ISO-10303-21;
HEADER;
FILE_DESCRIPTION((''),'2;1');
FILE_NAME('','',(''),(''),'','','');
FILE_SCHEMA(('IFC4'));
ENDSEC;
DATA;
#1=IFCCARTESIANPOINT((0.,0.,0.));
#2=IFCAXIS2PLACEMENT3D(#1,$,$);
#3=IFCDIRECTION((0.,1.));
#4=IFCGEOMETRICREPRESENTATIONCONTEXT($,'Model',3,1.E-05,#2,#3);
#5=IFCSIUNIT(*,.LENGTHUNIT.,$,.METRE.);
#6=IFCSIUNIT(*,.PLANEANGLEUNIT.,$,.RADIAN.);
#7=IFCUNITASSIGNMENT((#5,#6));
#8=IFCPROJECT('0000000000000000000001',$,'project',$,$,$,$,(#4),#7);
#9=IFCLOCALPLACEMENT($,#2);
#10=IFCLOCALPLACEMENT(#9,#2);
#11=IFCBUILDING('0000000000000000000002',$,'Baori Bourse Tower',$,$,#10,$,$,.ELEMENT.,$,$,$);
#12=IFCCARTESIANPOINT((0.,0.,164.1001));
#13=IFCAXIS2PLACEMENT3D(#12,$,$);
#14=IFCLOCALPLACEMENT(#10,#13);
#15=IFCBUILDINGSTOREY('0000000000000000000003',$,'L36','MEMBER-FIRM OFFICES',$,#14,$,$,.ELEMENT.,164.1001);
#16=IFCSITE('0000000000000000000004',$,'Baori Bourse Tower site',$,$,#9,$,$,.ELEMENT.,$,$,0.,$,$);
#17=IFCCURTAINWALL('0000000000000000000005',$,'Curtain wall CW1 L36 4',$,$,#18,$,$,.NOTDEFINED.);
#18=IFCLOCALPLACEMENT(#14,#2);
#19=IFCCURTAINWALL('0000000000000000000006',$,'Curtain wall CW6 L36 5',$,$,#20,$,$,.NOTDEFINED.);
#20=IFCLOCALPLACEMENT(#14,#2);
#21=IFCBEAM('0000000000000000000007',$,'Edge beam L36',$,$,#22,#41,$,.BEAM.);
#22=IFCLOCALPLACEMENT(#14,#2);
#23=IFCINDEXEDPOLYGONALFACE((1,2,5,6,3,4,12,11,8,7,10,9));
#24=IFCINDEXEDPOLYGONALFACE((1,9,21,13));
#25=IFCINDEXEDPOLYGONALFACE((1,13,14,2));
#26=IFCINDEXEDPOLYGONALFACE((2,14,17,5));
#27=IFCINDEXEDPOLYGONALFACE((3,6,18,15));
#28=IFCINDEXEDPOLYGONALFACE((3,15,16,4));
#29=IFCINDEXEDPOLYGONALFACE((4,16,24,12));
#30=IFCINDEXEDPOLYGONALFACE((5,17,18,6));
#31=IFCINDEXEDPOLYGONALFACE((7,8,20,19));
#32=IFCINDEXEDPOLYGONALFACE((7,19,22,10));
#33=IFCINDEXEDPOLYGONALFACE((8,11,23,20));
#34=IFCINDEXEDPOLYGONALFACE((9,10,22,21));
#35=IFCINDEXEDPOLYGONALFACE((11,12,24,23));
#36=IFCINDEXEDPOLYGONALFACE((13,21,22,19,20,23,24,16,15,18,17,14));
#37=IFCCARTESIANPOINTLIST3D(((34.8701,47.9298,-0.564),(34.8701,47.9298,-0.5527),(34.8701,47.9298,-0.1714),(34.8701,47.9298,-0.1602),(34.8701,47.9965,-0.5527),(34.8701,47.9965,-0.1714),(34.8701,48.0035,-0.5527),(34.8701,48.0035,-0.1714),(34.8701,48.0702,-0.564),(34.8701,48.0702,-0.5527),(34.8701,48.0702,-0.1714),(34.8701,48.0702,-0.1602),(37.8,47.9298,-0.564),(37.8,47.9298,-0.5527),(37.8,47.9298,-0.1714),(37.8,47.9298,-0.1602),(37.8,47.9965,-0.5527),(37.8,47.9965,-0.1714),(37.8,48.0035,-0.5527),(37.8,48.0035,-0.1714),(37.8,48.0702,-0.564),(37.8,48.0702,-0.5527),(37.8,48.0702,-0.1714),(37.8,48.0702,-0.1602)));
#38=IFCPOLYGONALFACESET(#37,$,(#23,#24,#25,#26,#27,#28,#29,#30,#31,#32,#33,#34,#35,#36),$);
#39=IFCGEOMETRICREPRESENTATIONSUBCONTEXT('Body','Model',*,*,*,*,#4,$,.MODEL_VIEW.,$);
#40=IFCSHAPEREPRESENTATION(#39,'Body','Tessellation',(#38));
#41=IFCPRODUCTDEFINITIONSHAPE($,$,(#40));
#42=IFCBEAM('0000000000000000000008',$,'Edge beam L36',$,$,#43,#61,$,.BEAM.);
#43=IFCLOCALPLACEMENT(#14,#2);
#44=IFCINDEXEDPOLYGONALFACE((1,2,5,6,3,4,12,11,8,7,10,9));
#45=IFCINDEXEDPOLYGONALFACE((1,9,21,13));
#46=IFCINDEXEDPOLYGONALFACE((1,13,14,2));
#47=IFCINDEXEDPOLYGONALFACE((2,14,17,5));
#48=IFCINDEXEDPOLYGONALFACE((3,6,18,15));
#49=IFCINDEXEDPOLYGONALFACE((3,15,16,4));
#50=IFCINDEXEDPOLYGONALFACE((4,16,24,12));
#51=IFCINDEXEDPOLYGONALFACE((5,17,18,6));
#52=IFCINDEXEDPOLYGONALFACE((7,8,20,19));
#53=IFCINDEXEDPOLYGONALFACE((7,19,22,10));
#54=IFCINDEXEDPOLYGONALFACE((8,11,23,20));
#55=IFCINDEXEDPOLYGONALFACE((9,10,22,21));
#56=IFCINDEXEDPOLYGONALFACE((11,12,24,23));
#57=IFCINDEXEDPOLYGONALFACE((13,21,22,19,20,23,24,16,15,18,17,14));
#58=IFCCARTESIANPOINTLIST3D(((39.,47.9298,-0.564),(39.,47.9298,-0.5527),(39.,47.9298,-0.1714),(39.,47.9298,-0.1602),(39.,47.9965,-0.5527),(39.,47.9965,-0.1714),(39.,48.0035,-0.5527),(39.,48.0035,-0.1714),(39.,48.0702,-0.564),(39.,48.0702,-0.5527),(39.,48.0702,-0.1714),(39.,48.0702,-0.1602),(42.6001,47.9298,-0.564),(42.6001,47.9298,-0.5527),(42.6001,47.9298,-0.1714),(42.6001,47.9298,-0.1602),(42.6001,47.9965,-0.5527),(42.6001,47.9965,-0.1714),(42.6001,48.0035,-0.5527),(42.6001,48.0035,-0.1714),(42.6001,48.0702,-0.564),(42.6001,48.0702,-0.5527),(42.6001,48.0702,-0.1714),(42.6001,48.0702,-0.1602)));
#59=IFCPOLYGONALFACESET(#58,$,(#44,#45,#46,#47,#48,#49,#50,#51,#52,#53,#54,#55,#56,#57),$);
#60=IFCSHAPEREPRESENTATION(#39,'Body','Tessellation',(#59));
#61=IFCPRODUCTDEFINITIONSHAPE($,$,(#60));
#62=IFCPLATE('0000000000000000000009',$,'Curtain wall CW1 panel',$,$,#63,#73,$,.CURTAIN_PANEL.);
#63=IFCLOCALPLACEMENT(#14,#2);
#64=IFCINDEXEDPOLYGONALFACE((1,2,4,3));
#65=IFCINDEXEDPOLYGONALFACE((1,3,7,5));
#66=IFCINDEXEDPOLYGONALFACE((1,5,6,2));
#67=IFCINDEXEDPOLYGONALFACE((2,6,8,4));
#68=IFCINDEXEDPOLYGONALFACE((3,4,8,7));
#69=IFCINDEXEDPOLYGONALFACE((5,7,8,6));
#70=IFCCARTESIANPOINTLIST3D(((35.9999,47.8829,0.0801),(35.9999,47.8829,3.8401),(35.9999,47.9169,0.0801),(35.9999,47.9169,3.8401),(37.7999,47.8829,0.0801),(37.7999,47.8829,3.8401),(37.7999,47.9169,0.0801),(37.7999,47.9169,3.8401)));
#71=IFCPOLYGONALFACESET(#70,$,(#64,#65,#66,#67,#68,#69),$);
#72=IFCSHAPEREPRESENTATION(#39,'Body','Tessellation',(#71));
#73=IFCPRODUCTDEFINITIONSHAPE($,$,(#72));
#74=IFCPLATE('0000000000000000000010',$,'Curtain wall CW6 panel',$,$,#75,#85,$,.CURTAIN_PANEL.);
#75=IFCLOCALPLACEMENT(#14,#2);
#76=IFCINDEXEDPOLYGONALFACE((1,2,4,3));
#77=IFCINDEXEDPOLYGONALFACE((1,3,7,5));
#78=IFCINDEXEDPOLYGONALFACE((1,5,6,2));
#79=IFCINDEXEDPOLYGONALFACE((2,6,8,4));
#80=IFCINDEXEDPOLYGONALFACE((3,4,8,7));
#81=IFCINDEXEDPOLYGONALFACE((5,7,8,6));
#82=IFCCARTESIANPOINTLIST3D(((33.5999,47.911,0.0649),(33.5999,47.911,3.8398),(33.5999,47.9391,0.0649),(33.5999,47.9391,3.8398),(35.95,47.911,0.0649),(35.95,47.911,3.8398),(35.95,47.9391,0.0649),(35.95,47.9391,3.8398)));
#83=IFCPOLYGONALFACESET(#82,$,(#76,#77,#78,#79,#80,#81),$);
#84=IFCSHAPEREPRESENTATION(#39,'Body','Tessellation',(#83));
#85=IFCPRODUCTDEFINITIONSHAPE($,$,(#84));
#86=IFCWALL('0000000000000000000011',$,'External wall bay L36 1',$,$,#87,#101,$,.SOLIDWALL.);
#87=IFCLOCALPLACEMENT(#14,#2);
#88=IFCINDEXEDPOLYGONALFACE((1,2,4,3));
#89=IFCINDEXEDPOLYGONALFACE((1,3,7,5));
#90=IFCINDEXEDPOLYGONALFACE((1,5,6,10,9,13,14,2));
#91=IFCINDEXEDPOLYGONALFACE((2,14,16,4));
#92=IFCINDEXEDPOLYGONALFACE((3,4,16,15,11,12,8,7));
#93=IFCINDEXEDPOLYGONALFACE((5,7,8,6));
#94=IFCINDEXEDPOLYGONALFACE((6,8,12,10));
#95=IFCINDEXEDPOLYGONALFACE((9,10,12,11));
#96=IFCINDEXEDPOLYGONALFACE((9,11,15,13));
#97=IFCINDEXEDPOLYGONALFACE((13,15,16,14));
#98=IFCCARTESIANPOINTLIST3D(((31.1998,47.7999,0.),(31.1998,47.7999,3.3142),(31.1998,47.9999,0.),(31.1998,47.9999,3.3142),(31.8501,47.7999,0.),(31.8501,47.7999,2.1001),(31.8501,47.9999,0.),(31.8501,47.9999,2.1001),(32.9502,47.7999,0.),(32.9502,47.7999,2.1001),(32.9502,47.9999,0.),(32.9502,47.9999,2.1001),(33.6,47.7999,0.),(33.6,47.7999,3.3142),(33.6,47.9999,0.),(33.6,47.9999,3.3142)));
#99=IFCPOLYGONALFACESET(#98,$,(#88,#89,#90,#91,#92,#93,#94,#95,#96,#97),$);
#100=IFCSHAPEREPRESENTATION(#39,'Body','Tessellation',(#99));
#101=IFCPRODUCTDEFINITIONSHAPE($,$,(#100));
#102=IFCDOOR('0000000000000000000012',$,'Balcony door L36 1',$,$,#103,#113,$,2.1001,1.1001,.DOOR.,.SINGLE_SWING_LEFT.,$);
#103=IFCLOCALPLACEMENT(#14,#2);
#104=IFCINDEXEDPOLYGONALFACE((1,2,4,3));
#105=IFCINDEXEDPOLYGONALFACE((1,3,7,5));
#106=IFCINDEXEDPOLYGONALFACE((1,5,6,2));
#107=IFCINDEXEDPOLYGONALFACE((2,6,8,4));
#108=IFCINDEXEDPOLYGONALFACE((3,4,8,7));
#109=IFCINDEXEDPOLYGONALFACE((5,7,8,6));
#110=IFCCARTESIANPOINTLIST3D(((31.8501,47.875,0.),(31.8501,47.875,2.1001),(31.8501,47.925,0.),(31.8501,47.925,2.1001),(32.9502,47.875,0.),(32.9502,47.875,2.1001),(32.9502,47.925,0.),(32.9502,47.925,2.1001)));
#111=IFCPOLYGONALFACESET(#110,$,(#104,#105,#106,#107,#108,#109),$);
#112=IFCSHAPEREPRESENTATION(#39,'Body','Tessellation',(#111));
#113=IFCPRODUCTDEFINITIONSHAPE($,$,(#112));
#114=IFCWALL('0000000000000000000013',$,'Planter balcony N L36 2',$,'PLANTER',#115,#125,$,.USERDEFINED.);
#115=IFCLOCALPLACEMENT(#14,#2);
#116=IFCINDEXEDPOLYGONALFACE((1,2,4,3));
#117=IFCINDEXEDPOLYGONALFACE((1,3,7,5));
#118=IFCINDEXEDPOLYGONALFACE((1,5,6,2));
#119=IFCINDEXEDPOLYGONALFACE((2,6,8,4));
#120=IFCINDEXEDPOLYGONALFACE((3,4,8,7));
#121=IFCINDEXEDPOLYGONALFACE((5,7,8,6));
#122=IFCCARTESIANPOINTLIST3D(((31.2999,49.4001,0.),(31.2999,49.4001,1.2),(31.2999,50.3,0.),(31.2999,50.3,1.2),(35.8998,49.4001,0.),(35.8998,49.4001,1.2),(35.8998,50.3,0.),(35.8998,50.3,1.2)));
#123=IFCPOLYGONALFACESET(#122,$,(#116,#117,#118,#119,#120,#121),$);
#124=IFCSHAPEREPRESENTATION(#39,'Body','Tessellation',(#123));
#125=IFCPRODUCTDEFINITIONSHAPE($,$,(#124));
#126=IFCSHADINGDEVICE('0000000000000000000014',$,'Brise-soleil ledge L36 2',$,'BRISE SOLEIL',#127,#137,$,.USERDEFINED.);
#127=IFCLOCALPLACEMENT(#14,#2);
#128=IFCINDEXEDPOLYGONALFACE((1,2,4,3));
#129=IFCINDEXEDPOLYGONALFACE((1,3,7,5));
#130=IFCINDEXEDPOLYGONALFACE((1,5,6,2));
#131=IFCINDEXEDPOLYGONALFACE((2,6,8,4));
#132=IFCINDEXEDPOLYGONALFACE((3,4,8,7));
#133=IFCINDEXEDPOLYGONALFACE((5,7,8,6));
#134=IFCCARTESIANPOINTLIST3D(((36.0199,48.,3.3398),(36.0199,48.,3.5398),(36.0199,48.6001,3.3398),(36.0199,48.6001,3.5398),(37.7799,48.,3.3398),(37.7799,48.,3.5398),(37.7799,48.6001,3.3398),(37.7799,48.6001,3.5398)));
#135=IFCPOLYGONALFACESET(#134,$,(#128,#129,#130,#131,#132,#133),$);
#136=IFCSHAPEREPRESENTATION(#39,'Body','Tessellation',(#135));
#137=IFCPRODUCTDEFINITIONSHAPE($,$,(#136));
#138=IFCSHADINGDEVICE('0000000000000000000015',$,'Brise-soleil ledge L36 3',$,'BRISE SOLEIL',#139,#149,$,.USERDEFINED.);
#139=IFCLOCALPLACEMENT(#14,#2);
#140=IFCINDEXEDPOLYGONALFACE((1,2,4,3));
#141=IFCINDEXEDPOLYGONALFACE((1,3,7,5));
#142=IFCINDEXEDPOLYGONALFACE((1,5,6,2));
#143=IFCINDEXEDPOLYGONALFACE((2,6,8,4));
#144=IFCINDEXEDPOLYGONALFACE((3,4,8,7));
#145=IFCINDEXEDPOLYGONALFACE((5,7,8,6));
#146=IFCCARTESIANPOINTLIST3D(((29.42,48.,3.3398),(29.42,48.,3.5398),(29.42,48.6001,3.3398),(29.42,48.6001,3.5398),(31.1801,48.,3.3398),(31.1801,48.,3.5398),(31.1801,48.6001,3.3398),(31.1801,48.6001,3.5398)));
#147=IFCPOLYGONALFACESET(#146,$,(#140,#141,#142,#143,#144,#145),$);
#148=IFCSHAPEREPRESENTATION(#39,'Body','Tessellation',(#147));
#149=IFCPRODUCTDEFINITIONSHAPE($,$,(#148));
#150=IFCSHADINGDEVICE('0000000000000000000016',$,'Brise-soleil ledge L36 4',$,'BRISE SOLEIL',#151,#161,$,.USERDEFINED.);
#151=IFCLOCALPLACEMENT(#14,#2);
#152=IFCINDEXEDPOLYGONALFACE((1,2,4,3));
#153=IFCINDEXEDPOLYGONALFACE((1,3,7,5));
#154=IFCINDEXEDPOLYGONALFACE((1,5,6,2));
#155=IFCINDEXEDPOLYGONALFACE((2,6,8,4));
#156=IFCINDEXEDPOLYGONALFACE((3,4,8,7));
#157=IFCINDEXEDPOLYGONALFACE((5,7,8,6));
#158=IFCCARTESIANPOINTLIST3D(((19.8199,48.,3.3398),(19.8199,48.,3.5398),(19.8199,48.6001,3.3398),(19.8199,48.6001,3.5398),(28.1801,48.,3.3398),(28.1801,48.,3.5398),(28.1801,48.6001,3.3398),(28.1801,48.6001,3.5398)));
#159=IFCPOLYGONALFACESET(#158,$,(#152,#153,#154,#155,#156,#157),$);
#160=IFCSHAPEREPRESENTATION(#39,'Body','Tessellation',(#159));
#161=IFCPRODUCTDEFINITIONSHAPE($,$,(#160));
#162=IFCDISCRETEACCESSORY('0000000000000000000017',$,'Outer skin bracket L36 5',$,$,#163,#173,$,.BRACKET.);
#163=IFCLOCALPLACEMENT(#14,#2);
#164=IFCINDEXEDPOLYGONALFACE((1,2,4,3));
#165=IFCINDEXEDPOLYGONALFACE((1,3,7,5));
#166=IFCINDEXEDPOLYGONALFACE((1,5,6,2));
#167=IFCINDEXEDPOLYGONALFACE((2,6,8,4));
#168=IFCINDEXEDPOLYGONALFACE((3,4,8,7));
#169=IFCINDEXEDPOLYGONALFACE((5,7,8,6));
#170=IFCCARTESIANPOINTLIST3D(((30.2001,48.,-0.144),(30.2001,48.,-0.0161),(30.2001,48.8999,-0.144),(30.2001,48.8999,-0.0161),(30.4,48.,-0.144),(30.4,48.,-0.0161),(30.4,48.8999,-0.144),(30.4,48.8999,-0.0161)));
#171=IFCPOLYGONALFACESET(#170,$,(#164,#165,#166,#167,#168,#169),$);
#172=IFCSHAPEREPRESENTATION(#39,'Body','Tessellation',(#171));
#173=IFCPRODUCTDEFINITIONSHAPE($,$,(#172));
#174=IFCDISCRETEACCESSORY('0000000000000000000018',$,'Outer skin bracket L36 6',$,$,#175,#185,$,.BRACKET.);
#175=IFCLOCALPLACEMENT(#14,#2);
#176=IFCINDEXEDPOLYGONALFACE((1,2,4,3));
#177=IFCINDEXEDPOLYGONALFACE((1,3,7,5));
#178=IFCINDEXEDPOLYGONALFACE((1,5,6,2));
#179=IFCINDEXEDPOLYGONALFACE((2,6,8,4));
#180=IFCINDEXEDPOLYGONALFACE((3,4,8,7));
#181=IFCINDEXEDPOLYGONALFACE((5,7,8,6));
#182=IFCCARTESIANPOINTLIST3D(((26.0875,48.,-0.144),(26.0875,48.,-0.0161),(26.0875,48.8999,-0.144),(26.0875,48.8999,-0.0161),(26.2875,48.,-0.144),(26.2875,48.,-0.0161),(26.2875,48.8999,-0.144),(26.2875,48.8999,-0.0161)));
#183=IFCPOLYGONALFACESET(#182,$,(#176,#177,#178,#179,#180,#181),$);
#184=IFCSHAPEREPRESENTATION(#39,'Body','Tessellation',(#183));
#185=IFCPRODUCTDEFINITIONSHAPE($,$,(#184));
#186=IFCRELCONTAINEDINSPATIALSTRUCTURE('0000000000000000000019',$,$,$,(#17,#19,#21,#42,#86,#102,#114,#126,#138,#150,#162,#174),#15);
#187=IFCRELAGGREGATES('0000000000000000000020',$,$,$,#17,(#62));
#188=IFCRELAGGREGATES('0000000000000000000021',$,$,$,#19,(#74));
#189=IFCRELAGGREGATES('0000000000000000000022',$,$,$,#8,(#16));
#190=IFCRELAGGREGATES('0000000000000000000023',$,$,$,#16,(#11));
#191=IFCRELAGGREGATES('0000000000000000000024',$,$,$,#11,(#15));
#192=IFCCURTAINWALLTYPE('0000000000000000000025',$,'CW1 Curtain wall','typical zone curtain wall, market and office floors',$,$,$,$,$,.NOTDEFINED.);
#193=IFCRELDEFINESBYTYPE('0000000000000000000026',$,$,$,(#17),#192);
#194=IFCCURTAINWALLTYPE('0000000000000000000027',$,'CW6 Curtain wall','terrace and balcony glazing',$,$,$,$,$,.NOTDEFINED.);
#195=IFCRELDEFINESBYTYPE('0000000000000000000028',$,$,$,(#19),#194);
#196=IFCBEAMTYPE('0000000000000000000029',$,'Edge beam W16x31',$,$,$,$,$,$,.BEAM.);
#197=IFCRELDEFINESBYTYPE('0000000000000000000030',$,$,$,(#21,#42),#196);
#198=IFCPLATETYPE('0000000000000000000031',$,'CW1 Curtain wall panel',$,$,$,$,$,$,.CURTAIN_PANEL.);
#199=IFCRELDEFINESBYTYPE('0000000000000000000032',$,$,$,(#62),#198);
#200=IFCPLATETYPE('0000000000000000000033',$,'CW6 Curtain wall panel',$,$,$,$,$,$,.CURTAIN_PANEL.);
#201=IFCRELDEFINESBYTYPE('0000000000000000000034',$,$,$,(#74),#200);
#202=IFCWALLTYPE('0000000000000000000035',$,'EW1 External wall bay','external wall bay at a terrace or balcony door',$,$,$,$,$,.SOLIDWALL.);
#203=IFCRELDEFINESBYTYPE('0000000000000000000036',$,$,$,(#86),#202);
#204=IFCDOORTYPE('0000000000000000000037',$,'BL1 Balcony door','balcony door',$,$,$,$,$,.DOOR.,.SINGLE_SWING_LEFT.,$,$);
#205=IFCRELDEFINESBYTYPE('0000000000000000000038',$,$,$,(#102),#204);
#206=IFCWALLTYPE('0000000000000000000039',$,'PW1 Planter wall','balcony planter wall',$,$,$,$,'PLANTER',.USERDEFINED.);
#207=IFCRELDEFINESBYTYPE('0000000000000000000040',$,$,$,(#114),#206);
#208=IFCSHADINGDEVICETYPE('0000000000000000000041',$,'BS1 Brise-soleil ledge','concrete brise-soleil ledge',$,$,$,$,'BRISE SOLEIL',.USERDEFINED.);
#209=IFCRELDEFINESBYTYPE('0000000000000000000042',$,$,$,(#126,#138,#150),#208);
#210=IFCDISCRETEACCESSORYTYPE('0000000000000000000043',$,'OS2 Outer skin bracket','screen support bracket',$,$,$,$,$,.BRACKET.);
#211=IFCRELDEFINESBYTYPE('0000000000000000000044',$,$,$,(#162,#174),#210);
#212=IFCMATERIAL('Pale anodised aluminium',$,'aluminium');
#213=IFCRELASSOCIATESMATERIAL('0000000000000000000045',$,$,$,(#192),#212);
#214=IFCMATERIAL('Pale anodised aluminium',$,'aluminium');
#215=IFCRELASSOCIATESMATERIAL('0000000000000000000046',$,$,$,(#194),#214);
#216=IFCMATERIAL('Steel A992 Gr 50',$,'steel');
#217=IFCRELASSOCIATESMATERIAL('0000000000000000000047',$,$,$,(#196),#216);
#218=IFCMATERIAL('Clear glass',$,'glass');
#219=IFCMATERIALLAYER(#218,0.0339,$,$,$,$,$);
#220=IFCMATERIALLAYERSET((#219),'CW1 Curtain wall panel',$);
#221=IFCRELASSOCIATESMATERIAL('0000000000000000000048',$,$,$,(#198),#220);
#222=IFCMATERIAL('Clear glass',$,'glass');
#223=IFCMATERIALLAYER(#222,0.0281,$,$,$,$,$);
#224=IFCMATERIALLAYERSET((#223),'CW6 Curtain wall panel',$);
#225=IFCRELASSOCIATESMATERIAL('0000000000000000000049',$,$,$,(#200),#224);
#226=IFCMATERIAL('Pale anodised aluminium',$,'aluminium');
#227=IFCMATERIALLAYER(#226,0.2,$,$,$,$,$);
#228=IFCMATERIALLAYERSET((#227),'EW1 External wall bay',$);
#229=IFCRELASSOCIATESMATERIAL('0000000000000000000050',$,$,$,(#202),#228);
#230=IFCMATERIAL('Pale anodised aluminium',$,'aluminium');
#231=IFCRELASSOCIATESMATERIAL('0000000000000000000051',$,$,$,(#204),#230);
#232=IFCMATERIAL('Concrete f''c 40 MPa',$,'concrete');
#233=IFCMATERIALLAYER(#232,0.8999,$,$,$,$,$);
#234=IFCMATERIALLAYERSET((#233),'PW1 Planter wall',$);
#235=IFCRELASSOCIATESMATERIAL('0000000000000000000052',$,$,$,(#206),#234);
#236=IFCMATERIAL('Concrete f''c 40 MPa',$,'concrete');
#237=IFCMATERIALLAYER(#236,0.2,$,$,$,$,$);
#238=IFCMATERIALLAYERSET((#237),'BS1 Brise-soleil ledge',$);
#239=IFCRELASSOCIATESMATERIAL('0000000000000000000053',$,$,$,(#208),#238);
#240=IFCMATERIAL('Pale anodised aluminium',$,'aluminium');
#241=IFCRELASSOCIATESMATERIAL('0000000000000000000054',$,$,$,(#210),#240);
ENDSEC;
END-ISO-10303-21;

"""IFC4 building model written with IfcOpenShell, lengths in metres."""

from ifc_helpers import new_model, si_unit, direction, frame, frame_2d, origin, origin_2d, place, context, subcontext, project, spatial, rectangle, i_section, extrude, material, layer, layer_set, material_profile, profile_set, type_object, element, fill, aggregate, save


model = new_model("IFC4")

# Units and contexts
model_context = context("Model", 3, precision=1e-05, world=origin(), true_north=direction((0.0, 1.0)))
body_context = subcontext(model_context, "Body", "Model", "MODEL_VIEW")
ifc_project = project(units=[si_unit("LENGTHUNIT", "METRE"), si_unit("PLANEANGLEUNIT", "RADIAN")], contexts=[model_context])

# Site, building, storey
site_placement = place(None, origin())
site = spatial("IfcSite", under=ifc_project, at=site_placement, Name="Baori Bourse Tower site", CompositionType="ELEMENT", RefElevation=0.0)
building_placement = place(site_placement, origin())
building = spatial("IfcBuilding", under=site, at=building_placement, Name="Baori Bourse Tower", CompositionType="ELEMENT")
storey_placement = place(building_placement, frame((0.0, 0.0, 164.1001)))
storey = spatial("IfcBuildingStorey", under=building, at=storey_placement, Name="L36", Description="MEMBER-FIRM OFFICES", CompositionType="ELEMENT", Elevation=164.1001)

# Curtain wall
ifc_material_1 = material(Name="Pale anodised aluminium", Category="aluminium")
curtain_wall_type_1 = type_object("IfcCurtainWallType", Name="CW1 Curtain wall", Description="typical zone curtain wall, market and office floors", PredefinedType="NOTDEFINED", material=ifc_material_1)
curtain_wall_1_placement = place(storey_placement, origin())
curtain_wall_1 = element("IfcCurtainWall", 1, at=curtain_wall_1_placement, inside=storey, type_object=curtain_wall_type_1, Name="Curtain wall CW1 L36 4", PredefinedType="NOTDEFINED")

# Curtain wall
ifc_material_2 = material(Name="Pale anodised aluminium", Category="aluminium")
curtain_wall_type_2 = type_object("IfcCurtainWallType", Name="CW6 Curtain wall", Description="terrace and balcony glazing", PredefinedType="NOTDEFINED", material=ifc_material_2)
curtain_wall_2_placement = place(storey_placement, origin())
curtain_wall_2 = element("IfcCurtainWall", 2, at=curtain_wall_2_placement, inside=storey, type_object=curtain_wall_type_2, Name="Curtain wall CW6 L36 5", PredefinedType="NOTDEFINED")

# Beams
ifc_material_3 = material(Name="Steel A992 Gr 50", Category="steel")
ifc_material_profile_1 = material_profile(ifc_material_3, i_section(OverallWidth=0.1404, OverallDepth=0.4038, WebThickness=0.0071, FlangeThickness=0.0112, at=origin_2d()), Name="W16x31")
ifc_profile_set_1 = profile_set([ifc_material_profile_1], Name="Steel A992 Gr 50")
beam_type_1 = type_object("IfcBeamType", Name="Edge beam W16x31", PredefinedType="BEAM", material=ifc_profile_set_1)
beam_1_placement = place(storey_placement, frame((34.8701, 48.0, -0.3621), z_axis=(1.0, 0.0, 0.0), x_axis=(0.0, 1.0, 0.0)))
element("IfcBeam", 3, at=beam_1_placement, inside=storey, type_object=beam_type_1, Name="Edge beam L36", PredefinedType="BEAM", context=body_context, shape_type="SweptSolid", body=[
    extrude(i_section(OverallWidth=0.1404, OverallDepth=0.4038, WebThickness=0.0071, FlangeThickness=0.0112, at=origin_2d()), origin(), (0.0, 0.0, 1.0), 2.9299),
])
beam_2_placement = place(storey_placement, frame((39.0, 48.0, -0.3621), z_axis=(1.0, 0.0, 0.0), x_axis=(0.0, 1.0, 0.0)))
element("IfcBeam", 4, at=beam_2_placement, inside=storey, type_object=beam_type_1, Name="Edge beam L36", PredefinedType="BEAM", context=body_context, shape_type="SweptSolid", body=[
    extrude(i_section(OverallWidth=0.1404, OverallDepth=0.4038, WebThickness=0.0071, FlangeThickness=0.0112, at=origin_2d()), origin(), (0.0, 0.0, 1.0), 3.6001),
])

# Plates
ifc_material_4 = material(Name="Clear glass", Category="glass")
ifc_layer_1 = layer(ifc_material_4, 0.0339)
ifc_layer_set_1 = layer_set([ifc_layer_1], Name="CW1 Curtain wall panel")
plate_type_1 = type_object("IfcPlateType", Name="CW1 Curtain wall panel", PredefinedType="CURTAIN_PANEL", material=ifc_layer_set_1)
plate_1_placement = place(storey_placement, frame((36.8999, 47.8999, 0.0801), z_axis=(0.0, 0.0, 1.0), x_axis=(-1.0, 0.0, 0.0)))
plate_1 = element("IfcPlate", 5, at=plate_1_placement, type_object=plate_type_1, Name="Curtain wall CW1 panel", PredefinedType="CURTAIN_PANEL", context=body_context, shape_type="SweptSolid", body=[
    extrude(rectangle(XDim=1.8, YDim=0.0339, at=origin_2d()), origin(), (0.0, 0.0, 1.0), 3.76),
])
aggregate(curtain_wall_1, [plate_1])
ifc_material_5 = material(Name="Clear glass", Category="glass")
ifc_layer_2 = layer(ifc_material_5, 0.0281)
ifc_layer_set_2 = layer_set([ifc_layer_2], Name="CW6 Curtain wall panel")
plate_type_2 = type_object("IfcPlateType", Name="CW6 Curtain wall panel", PredefinedType="CURTAIN_PANEL", material=ifc_layer_set_2)
plate_2_placement = place(storey_placement, frame((34.7749, 47.925, 0.0649), z_axis=(0.0, 0.0, 1.0), x_axis=(-1.0, 0.0, 0.0)))
plate_2 = element("IfcPlate", 6, at=plate_2_placement, type_object=plate_type_2, Name="Curtain wall CW6 panel", PredefinedType="CURTAIN_PANEL", context=body_context, shape_type="SweptSolid", body=[
    extrude(rectangle(XDim=2.3501, YDim=0.0281, at=origin_2d()), origin(), (0.0, 0.0, 1.0), 3.7749),
])
aggregate(curtain_wall_2, [plate_2])

# Wall, opening, door
ifc_material_6 = material(Name="Pale anodised aluminium", Category="aluminium")
ifc_layer_3 = layer(ifc_material_6, 0.2)
ifc_layer_set_3 = layer_set([ifc_layer_3], Name="EW1 External wall bay")
wall_type_1 = type_object("IfcWallType", Name="EW1 External wall bay", Description="external wall bay at a terrace or balcony door", PredefinedType="SOLIDWALL", material=ifc_layer_set_3)
wall_1_placement = place(storey_placement, frame((33.6001, 47.8999, 0.0), z_axis=(0.0, 0.0, 1.0), x_axis=(-1.0, 0.0, 0.0)))
wall_1 = element("IfcWall", 7, at=wall_1_placement, inside=storey, type_object=wall_type_1, Name="External wall bay L36 1", PredefinedType="SOLIDWALL", context=body_context, shape_type="SweptSolid", body=[
    extrude(rectangle(XDim=2.4001, YDim=0.2, at=frame_2d((1.2002, 0.0))), origin(), (0.0, 0.0, 1.0), 3.3142),
])
opening_placement = place(wall_1_placement, frame((0.6499, 0.0, 0.0)))
opening = element("IfcOpeningElement", 8, at=opening_placement, cuts=wall_1, PredefinedType="OPENING", context=body_context, shape_type="SweptSolid", body=[
    extrude(rectangle(XDim=1.1001, YDim=2.1001, at=frame_2d((0.55, 1.05))), frame((0.0, 0.1099, 0.0), z_axis=(0.0, -1.0, 0.0), x_axis=(1.0, 0.0, 0.0)), (0.0, 0.0, 1.0), 0.22),
])
ifc_material_7 = material(Name="Pale anodised aluminium", Category="aluminium")
door_type = type_object("IfcDoorType", Name="BL1 Balcony door", Description="balcony door", OperationType="SINGLE_SWING_LEFT", PredefinedType="DOOR", material=ifc_material_7)
door_placement = place(opening_placement, origin())
door = element("IfcDoor", 9, at=door_placement, inside=storey, type_object=door_type, Name="Balcony door L36 1", OperationType="SINGLE_SWING_LEFT", OverallHeight=2.1001, OverallWidth=1.1001, PredefinedType="DOOR", context=body_context, shape_type="SweptSolid", body=[
    extrude(rectangle(XDim=1.1001, YDim=2.1001, at=frame_2d((0.55, 1.05))), frame((0.0, 0.0249, 0.0), z_axis=(0.0, -1.0, 0.0), x_axis=(1.0, 0.0, 0.0)), (0.0, 0.0, 1.0), 0.05),
])
fill(opening, door)

# Wall
ifc_material_8 = material(Name="Concrete f'c 40 MPa", Category="concrete")
ifc_layer_4 = layer(ifc_material_8, 0.8999)
ifc_layer_set_4 = layer_set([ifc_layer_4], Name="PW1 Planter wall")
wall_type_2 = type_object("IfcWallType", Name="PW1 Planter wall", Description="balcony planter wall", ElementType="PLANTER", PredefinedType="USERDEFINED", material=ifc_layer_set_4)
wall_2_placement = place(storey_placement, frame((31.3, 49.8501, 0.0), z_axis=(0.0, 0.0, 1.0), x_axis=(1.0, 0.0, 0.0)))
element("IfcWall", 10, at=wall_2_placement, inside=storey, type_object=wall_type_2, Name="Planter balcony N L36 2", ObjectType="PLANTER", PredefinedType="USERDEFINED", context=body_context, shape_type="SweptSolid", body=[
    extrude(rectangle(XDim=4.5999, YDim=0.8999, at=frame_2d((2.2998, 0.0))), origin(), (0.0, 0.0, 1.0), 1.2),
])

# Shading devices
ifc_material_9 = material(Name="Concrete f'c 40 MPa", Category="concrete")
ifc_layer_5 = layer(ifc_material_9, 0.2)
ifc_layer_set_5 = layer_set([ifc_layer_5], Name="BS1 Brise-soleil ledge")
shading_device_type = type_object("IfcShadingDeviceType", Name="BS1 Brise-soleil ledge", Description="concrete brise-soleil ledge", ElementType="BRISE SOLEIL", PredefinedType="USERDEFINED", material=ifc_layer_set_5)
for number, where, z_axis, x_axis, name in (
    (11, (36.8999, 48.3, 3.3398), (0.0, 0.0, 1.0), (-1.0, 0.0, 0.0), "Brise-soleil ledge L36 2"),
    (12, (30.3, 48.3, 3.3398), (0.0, 0.0, 1.0), (-1.0, 0.0, 0.0), "Brise-soleil ledge L36 3"),
):
    element("IfcShadingDevice", number, at=place(storey_placement, frame(where, z_axis=z_axis, x_axis=x_axis)), inside=storey, type_object=shading_device_type, Name=name, ObjectType="BRISE SOLEIL", PredefinedType="USERDEFINED", context=body_context, shape_type="SweptSolid", body=[
        extrude(rectangle(XDim=1.76, YDim=0.6001, at=origin_2d()), origin(), (0.0, 0.0, 1.0), 0.2),
    ])
shading_device_placement = place(storey_placement, frame((24.0, 48.3, 3.3398), z_axis=(0.0, 0.0, 1.0), x_axis=(-1.0, 0.0, 0.0)))
element("IfcShadingDevice", 13, at=shading_device_placement, inside=storey, type_object=shading_device_type, Name="Brise-soleil ledge L36 4", ObjectType="BRISE SOLEIL", PredefinedType="USERDEFINED", context=body_context, shape_type="SweptSolid", body=[
    extrude(rectangle(XDim=8.3601, YDim=0.6001, at=origin_2d()), origin(), (0.0, 0.0, 1.0), 0.2),
])

# Discrete accessories
ifc_material_10 = material(Name="Pale anodised aluminium", Category="aluminium")
discrete_accessory_type = type_object("IfcDiscreteAccessoryType", Name="OS2 Outer skin bracket", Description="screen support bracket", PredefinedType="BRACKET", material=ifc_material_10)
for number, where, z_axis, x_axis, name in (
    (14, (30.3, 48.45, -0.144), (0.0, 0.0, 1.0), (-1.0, 0.0, 0.0), "Outer skin bracket L36 5"),
    (15, (26.1875, 48.45, -0.144), (0.0, 0.0, 1.0), (-1.0, 0.0, 0.0), "Outer skin bracket L36 6"),
):
    element("IfcDiscreteAccessory", number, at=place(storey_placement, frame(where, z_axis=z_axis, x_axis=x_axis)), inside=storey, type_object=discrete_accessory_type, Name=name, PredefinedType="BRACKET", context=body_context, shape_type="SweptSolid", body=[
        extrude(rectangle(XDim=0.2, YDim=0.8999, at=origin_2d()), origin(), (0.0, 0.0, 1.0), 0.1279),
    ])

save(model, "model.ifc")
